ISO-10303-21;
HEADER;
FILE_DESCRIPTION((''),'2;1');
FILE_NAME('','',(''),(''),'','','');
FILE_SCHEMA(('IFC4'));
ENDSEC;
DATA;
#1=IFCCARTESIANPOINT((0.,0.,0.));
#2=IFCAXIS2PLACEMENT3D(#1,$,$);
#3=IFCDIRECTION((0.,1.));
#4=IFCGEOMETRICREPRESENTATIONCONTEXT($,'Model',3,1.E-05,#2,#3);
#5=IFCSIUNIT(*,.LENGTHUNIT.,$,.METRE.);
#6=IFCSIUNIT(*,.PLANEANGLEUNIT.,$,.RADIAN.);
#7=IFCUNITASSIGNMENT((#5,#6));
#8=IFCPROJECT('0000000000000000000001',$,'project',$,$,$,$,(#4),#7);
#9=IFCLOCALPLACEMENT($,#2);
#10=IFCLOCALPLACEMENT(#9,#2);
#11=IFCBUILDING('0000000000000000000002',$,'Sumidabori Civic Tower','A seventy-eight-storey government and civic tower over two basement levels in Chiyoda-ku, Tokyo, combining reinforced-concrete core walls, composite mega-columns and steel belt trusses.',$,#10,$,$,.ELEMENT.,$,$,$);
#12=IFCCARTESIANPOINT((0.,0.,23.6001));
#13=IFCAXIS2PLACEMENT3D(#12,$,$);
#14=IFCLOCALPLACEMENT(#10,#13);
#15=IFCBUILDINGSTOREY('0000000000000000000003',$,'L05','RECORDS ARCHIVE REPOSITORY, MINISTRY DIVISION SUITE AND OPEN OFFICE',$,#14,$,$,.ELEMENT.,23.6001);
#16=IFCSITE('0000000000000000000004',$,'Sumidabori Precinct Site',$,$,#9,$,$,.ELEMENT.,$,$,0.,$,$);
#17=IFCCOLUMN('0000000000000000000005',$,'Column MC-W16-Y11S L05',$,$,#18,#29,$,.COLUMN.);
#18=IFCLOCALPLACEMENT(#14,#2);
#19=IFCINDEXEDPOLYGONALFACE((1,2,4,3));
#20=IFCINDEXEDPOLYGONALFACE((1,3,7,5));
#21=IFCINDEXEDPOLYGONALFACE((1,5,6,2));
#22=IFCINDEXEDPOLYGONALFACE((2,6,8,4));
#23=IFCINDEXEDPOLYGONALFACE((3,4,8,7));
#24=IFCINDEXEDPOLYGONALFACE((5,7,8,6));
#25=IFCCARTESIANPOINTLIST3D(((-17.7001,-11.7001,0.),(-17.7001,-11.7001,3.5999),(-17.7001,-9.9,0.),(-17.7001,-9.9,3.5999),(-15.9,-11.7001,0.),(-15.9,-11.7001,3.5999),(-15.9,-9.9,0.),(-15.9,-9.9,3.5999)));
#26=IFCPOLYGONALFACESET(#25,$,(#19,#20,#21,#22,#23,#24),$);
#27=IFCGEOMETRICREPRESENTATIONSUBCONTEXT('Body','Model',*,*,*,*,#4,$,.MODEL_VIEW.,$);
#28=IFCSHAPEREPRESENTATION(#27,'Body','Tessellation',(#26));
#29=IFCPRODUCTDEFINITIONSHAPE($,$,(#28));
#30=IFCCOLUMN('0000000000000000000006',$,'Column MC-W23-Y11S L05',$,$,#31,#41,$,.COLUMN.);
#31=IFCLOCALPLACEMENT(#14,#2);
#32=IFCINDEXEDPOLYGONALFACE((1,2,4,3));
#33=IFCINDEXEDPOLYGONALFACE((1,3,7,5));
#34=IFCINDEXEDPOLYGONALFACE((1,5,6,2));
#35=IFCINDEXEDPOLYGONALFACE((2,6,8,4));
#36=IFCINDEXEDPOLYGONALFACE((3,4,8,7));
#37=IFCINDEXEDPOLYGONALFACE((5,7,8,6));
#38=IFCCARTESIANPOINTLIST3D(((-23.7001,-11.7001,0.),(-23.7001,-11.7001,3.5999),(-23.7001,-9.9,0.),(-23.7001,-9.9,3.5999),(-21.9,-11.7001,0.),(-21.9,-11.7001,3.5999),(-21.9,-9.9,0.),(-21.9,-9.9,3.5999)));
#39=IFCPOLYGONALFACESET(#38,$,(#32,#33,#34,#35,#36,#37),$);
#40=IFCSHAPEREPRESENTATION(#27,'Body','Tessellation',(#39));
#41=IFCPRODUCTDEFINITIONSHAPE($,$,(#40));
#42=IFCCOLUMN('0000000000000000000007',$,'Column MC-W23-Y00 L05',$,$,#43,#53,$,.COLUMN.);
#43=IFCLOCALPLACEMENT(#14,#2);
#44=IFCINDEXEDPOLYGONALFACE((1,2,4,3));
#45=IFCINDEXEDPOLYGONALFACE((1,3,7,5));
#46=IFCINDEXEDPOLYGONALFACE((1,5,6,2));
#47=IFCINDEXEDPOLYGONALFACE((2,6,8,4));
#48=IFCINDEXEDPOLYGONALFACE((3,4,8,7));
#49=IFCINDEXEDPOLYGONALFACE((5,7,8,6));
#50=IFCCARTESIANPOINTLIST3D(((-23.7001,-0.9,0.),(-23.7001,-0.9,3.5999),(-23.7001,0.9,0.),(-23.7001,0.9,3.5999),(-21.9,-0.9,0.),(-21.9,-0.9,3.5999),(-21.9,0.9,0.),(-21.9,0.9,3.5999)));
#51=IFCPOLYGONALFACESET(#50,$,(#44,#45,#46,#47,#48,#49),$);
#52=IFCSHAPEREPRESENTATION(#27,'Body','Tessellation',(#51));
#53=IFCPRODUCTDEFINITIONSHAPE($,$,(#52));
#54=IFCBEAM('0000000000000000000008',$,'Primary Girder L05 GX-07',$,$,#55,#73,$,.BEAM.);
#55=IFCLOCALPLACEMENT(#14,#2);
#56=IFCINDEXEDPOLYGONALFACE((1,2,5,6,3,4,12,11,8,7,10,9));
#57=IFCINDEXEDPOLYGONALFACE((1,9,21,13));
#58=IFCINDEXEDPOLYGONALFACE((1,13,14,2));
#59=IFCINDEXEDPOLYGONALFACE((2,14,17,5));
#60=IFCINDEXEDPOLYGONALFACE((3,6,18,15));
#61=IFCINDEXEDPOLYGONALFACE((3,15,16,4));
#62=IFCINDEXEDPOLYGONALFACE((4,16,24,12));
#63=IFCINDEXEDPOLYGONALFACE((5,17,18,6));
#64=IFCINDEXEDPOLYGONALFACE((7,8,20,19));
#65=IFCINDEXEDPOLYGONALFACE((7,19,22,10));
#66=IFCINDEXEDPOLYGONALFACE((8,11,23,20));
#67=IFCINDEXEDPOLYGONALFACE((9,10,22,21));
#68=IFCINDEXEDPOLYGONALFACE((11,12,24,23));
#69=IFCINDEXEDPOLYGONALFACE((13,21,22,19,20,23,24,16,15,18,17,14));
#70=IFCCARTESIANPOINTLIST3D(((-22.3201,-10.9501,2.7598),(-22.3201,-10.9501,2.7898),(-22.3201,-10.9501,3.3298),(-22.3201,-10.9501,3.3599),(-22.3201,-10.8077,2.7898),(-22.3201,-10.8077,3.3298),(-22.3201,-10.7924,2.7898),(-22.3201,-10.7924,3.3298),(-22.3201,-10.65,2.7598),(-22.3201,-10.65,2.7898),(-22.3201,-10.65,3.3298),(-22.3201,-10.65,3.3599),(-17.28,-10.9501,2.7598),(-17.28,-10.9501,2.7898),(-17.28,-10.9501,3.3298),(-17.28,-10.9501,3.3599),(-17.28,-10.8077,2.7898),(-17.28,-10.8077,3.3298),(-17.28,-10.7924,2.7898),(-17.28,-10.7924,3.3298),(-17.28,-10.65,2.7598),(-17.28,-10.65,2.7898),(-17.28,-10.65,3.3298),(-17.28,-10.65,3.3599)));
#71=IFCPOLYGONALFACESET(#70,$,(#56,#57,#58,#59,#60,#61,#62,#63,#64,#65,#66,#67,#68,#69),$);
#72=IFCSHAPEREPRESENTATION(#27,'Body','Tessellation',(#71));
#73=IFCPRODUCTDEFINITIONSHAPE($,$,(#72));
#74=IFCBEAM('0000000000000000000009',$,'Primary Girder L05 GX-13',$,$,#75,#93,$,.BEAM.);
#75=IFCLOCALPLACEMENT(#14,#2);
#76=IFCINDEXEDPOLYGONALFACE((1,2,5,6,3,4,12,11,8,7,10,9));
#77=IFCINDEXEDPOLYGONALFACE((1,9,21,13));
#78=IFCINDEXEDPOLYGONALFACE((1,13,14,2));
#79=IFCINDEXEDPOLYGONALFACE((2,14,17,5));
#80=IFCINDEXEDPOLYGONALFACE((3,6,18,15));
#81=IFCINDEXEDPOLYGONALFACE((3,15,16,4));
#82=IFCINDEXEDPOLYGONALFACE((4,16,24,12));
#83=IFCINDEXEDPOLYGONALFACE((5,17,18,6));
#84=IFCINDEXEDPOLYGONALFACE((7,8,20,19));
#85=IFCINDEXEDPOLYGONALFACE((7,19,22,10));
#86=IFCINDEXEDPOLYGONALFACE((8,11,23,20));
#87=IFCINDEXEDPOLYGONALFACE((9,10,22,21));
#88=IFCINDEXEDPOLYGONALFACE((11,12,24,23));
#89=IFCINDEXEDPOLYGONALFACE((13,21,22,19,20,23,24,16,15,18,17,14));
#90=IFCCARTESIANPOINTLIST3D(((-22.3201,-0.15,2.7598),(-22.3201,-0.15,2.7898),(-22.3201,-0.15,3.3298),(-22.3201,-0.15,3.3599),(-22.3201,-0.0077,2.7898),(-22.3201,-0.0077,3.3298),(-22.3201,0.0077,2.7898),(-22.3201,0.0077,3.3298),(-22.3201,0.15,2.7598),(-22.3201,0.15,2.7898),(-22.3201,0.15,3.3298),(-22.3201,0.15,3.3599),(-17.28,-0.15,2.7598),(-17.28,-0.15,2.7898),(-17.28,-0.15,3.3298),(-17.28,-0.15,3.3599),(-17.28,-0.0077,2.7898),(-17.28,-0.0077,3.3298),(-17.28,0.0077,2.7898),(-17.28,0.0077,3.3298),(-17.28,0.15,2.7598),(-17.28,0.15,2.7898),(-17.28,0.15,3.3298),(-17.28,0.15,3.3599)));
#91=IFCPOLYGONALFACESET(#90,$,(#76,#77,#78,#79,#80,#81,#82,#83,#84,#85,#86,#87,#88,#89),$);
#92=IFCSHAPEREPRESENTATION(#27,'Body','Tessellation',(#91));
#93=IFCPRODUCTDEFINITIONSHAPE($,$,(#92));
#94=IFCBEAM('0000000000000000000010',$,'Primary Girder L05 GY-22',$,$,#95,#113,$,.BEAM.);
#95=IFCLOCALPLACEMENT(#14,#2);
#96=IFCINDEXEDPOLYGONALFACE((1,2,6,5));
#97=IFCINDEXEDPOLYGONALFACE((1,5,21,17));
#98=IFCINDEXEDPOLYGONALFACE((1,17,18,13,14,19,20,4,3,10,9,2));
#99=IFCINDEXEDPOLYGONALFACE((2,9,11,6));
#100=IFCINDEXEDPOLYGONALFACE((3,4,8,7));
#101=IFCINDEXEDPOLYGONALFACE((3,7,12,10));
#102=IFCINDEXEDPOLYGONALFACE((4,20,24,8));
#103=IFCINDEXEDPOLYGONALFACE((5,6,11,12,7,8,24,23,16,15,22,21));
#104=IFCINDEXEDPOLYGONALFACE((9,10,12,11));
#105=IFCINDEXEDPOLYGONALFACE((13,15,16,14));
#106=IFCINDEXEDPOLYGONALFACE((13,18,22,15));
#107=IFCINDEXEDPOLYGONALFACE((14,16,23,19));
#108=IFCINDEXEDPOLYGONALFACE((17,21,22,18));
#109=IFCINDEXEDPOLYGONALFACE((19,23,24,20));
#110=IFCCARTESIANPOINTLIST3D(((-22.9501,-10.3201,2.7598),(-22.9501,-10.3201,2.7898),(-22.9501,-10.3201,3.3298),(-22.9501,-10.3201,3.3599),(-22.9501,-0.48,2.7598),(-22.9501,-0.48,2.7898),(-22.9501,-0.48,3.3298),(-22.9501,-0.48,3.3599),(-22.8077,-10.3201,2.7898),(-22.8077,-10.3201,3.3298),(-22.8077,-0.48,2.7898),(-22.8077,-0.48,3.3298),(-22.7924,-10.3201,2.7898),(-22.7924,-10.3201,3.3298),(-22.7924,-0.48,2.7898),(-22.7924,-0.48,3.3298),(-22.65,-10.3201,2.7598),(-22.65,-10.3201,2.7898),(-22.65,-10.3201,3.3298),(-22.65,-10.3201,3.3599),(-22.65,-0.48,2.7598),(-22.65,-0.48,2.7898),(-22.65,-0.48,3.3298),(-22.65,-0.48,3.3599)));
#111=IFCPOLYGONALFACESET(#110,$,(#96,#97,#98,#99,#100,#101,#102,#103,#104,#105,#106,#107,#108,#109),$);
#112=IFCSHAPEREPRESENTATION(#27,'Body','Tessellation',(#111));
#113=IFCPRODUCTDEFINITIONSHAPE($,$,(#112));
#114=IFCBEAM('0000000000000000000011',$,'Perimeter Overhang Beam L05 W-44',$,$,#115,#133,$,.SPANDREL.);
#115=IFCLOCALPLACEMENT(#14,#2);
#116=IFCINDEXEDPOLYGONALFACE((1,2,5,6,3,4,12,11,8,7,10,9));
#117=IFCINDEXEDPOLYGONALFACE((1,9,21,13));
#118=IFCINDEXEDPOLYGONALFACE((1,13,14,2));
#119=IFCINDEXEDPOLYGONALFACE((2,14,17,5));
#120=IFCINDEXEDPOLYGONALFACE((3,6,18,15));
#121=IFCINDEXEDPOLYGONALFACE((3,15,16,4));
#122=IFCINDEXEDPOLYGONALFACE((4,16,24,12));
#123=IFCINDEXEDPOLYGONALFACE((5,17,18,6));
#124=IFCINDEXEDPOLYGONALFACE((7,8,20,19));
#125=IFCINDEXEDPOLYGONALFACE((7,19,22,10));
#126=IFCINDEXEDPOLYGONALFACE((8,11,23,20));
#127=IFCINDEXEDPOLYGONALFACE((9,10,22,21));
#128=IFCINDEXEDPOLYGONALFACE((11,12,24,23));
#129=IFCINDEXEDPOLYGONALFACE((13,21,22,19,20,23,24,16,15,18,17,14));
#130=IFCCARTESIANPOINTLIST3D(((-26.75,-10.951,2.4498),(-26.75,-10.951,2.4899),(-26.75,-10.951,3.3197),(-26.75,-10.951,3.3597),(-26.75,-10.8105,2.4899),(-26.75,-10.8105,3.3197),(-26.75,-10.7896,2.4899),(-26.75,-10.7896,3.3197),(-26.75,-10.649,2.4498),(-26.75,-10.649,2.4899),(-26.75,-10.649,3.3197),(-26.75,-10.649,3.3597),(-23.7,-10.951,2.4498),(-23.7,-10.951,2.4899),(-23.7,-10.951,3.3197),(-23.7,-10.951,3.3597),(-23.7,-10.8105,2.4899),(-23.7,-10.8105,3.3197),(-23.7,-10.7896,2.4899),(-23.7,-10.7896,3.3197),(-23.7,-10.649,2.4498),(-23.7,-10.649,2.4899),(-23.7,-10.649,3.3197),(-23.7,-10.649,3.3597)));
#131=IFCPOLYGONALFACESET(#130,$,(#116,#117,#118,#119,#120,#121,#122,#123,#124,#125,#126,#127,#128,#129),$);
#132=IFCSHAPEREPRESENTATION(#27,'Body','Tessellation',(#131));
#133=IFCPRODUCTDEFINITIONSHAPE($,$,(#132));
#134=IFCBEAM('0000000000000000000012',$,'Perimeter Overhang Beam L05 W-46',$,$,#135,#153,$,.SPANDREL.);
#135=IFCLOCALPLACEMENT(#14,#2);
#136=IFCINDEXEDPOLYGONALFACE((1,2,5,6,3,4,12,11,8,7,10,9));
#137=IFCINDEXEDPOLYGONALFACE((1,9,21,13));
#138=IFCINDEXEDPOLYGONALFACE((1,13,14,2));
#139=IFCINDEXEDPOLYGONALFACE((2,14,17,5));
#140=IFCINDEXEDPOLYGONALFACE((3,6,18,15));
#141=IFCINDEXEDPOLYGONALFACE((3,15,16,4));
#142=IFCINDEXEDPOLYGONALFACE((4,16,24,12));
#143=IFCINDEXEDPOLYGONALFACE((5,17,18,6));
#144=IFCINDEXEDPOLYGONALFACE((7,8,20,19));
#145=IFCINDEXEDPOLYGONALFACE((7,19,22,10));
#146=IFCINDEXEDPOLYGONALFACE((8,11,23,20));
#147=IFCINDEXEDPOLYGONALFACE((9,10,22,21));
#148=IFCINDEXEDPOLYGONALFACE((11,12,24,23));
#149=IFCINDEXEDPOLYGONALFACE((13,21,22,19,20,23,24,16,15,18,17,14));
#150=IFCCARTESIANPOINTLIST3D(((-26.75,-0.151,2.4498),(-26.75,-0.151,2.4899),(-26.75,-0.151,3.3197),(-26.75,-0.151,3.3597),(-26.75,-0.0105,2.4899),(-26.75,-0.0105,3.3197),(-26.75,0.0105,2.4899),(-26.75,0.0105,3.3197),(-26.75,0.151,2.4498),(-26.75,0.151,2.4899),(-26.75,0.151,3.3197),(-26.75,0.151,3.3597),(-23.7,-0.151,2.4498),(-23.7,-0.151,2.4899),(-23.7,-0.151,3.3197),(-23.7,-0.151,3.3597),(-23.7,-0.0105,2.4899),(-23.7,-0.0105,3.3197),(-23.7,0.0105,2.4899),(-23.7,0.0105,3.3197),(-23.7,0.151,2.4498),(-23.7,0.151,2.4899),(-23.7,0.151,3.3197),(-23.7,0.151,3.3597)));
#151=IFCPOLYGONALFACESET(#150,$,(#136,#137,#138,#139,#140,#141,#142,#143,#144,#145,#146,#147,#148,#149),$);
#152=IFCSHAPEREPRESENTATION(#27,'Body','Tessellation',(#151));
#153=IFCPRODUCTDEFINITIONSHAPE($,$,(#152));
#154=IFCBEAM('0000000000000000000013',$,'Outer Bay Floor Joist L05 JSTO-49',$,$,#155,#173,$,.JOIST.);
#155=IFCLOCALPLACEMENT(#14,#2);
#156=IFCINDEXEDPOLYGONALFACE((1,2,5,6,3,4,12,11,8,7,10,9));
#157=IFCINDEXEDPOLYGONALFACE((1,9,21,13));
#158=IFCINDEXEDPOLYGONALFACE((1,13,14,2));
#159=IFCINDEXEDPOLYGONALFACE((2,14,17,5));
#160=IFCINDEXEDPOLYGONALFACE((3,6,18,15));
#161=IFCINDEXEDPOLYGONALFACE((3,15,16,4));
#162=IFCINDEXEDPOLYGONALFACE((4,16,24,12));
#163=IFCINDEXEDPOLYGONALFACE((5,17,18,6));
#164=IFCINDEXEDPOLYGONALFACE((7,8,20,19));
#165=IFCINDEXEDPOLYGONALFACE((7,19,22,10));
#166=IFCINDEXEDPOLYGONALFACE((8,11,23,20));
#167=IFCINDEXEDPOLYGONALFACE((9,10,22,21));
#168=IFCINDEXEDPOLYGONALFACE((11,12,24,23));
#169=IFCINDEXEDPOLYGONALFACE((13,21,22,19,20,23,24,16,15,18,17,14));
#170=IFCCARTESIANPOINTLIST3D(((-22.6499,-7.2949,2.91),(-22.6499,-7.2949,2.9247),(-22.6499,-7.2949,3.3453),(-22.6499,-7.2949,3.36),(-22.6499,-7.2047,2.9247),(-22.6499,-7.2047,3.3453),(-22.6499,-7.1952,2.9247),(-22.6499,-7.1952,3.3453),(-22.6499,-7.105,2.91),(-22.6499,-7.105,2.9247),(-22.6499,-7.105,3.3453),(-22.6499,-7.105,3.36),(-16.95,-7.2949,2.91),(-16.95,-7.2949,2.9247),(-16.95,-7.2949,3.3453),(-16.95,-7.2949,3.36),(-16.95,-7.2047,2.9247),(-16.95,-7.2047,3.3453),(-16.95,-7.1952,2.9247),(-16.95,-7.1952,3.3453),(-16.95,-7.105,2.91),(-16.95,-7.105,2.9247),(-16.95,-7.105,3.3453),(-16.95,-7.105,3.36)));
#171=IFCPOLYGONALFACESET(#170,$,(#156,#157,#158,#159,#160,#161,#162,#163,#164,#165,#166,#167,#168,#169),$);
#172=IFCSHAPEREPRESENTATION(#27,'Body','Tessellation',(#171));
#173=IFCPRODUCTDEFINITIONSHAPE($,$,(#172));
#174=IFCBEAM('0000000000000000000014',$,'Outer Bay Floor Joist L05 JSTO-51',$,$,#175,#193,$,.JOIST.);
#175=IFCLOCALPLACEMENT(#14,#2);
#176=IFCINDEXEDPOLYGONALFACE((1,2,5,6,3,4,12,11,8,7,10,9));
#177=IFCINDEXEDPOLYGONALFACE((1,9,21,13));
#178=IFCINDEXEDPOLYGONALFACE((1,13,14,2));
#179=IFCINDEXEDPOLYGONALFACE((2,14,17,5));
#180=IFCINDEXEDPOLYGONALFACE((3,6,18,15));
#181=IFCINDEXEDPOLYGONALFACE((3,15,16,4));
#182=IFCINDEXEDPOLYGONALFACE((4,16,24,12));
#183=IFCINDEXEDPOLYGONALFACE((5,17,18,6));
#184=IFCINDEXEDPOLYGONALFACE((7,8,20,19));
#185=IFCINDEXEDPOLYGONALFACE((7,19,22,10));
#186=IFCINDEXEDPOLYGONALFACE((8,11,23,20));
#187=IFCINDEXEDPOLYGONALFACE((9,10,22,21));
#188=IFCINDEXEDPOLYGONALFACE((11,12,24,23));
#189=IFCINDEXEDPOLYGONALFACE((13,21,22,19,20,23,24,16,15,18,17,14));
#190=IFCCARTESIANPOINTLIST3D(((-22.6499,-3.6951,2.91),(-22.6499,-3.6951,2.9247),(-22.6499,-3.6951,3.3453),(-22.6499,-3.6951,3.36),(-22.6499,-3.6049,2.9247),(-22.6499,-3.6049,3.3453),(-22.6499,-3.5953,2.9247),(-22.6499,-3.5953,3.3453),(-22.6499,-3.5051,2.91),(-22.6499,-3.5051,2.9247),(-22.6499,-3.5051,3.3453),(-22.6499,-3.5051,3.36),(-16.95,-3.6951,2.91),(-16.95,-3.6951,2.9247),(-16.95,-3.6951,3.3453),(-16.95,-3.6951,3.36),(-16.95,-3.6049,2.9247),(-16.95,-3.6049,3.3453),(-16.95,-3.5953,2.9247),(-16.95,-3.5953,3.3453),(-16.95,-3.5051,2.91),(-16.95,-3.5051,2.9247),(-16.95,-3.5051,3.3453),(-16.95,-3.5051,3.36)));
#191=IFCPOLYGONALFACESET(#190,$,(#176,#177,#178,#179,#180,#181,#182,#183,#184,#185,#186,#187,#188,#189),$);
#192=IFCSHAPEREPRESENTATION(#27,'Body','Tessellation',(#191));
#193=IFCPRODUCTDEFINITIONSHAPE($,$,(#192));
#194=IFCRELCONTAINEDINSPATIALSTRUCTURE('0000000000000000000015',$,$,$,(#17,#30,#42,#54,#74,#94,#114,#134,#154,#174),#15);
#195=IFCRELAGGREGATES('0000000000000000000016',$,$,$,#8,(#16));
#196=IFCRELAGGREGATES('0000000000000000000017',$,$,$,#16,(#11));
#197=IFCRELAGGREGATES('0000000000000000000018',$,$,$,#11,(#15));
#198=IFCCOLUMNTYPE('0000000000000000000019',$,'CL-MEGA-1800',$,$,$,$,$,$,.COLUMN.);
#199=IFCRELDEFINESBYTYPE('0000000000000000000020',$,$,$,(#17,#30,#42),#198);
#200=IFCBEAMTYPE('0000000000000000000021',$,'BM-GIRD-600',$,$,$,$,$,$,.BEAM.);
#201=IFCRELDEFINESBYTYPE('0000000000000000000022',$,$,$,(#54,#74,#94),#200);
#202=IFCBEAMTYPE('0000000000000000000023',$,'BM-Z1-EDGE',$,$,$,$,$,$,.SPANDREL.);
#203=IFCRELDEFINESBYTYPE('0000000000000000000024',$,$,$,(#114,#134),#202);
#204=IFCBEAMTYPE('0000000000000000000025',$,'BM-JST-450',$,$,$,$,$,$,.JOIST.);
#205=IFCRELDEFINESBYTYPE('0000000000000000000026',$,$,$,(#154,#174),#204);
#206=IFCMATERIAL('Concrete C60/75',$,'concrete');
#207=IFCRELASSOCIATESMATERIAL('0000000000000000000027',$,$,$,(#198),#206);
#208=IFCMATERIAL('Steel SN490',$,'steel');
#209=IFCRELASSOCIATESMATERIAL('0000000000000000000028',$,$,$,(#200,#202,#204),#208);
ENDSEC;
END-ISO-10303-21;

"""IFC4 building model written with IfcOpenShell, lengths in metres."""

from ifc_helpers import new_model, si_unit, direction, frame, origin, origin_2d, place, context, subcontext, project, spatial, rectangle, i_section, extrude, source, transform, mapped, material, material_profile, profile_set, type_object, element, save


model = new_model("IFC4")

# Units and contexts
model_context = context("Model", 3, precision=1e-05, world=origin(), true_north=direction((0.0, 1.0)))
body_context = subcontext(model_context, "Body", "Model", "MODEL_VIEW")
ifc_project = project(units=[si_unit("LENGTHUNIT", "METRE"), si_unit("PLANEANGLEUNIT", "RADIAN")], contexts=[model_context])

# Site, building, storey
site_placement = place(None, origin())
site = spatial("IfcSite", under=ifc_project, at=site_placement, Name="Sumidabori Precinct Site", CompositionType="ELEMENT", RefElevation=0.0)
building_placement = place(site_placement, origin())
building = spatial("IfcBuilding", under=site, at=building_placement, Name="Sumidabori Civic Tower", Description="A seventy-eight-storey government and civic tower over two basement levels in Chiyoda-ku, Tokyo, combining reinforced-concrete core walls, composite mega-columns and steel belt trusses.", CompositionType="ELEMENT")
storey_placement = place(building_placement, frame((0.0, 0.0, 23.6001)))
storey = spatial("IfcBuildingStorey", under=building, at=storey_placement, Name="L05", Description="RECORDS ARCHIVE REPOSITORY, MINISTRY DIVISION SUITE AND OPEN OFFICE", CompositionType="ELEMENT", Elevation=23.6001)

# Columns
ifc_material_1 = material(Name="Concrete C60/75", Category="concrete")
ifc_material_profile_1 = material_profile(ifc_material_1, rectangle(XDim=1.8, YDim=1.8, at=origin_2d()), Name="RC 1800x1800")
ifc_profile_set_1 = profile_set([ifc_material_profile_1], Name="Concrete C60/75")
column_type = type_object("IfcColumnType", Name="CL-MEGA-1800", PredefinedType="COLUMN", material=ifc_profile_set_1)
shared_shape_1 = source(origin(), body_context, "Body", "SweptSolid", [
    extrude(rectangle(XDim=1.8, YDim=1.8, at=origin_2d()), origin(), (0.0, 0.0, 1.0), 3.5999),
])
for number, where, z_axis, x_axis, name in (
    (1, (-16.8, -10.8, 0.0), (0.0, 0.0, 1.0), (1.0, 0.0, 0.0), "Column MC-W16-Y11S L05"),
    (2, (-22.8, -10.8, 0.0), (0.0, 0.0, 1.0), (1.0, 0.0, 0.0), "Column MC-W23-Y11S L05"),
    (3, (-22.8, 0.0, 0.0), (0.0, 0.0, 1.0), (1.0, 0.0, 0.0), "Column MC-W23-Y00 L05"),
):
    element("IfcColumn", number, at=place(storey_placement, frame(where, z_axis=z_axis, x_axis=x_axis)), inside=storey, type_object=column_type, Name=name, PredefinedType="COLUMN", context=body_context, shape_type="MappedRepresentation", body=[
        mapped(shared_shape_1, transform((0.0, 0.0, 0.0), x_axis=(1.0, 0.0, 0.0), y_axis=(0.0, 1.0, 0.0), z_axis=(0.0, 0.0, 1.0), scale=1.0)),
    ])

# Beams
ifc_material_2 = material(Name="Steel SN490", Category="steel")
ifc_material_profile_2 = material_profile(ifc_material_2, i_section(OverallWidth=0.3, OverallDepth=0.6001, WebThickness=0.0154, FlangeThickness=0.03, at=origin_2d()), Name="HE 600 B")
ifc_profile_set_2 = profile_set([ifc_material_profile_2], Name="Steel SN490")
beam_type_1 = type_object("IfcBeamType", Name="BM-GIRD-600", PredefinedType="BEAM", material=ifc_profile_set_2)
shared_shape_2 = source(origin(), body_context, "Body", "SweptSolid", [
    extrude(i_section(OverallWidth=0.3, OverallDepth=0.6001, WebThickness=0.0154, FlangeThickness=0.03, at=origin_2d()), origin(), (0.0, 0.0, 1.0), 5.04),
])
for number, where, z_axis, x_axis, name in (
    (4, (-22.3201, -10.8, 3.0598), (1.0, 0.0, 0.0), (0.0, 1.0, 0.0), "Primary Girder L05 GX-07"),
    (5, (-22.3201, 0.0, 3.0598), (1.0, 0.0, 0.0), (0.0, 1.0, 0.0), "Primary Girder L05 GX-13"),
):
    element("IfcBeam", number, at=place(storey_placement, frame(where, z_axis=z_axis, x_axis=x_axis)), inside=storey, type_object=beam_type_1, Name=name, PredefinedType="BEAM", context=body_context, shape_type="MappedRepresentation", body=[
        mapped(shared_shape_2, transform((0.0, 0.0, 0.0), x_axis=(1.0, 0.0, 0.0), y_axis=(0.0, 1.0, 0.0), z_axis=(0.0, 0.0, 1.0), scale=1.0)),
    ])
shared_shape_3 = source(origin(), body_context, "Body", "SweptSolid", [
    extrude(i_section(OverallWidth=0.3, OverallDepth=0.6001, WebThickness=0.0154, FlangeThickness=0.03, at=origin_2d()), origin(), (0.0, 0.0, 1.0), 9.8401),
])
beam_placement = place(storey_placement, frame((-22.8, -10.3201, 3.0598), z_axis=(0.0, 1.0, 0.0), x_axis=(-1.0, 0.0, 0.0)))
element("IfcBeam", 6, at=beam_placement, inside=storey, type_object=beam_type_1, Name="Primary Girder L05 GY-22", PredefinedType="BEAM", context=body_context, shape_type="MappedRepresentation", body=[
    mapped(shared_shape_3, transform((0.0, 0.0, 0.0), x_axis=(1.0, 0.0, 0.0), y_axis=(0.0, 1.0, 0.0), z_axis=(0.0, 0.0, 1.0), scale=1.0)),
])
ifc_material_profile_3 = material_profile(ifc_material_2, i_section(OverallWidth=0.302, OverallDepth=0.9099, WebThickness=0.021, FlangeThickness=0.04, at=origin_2d()), Name="HE 900 M")
ifc_profile_set_3 = profile_set([ifc_material_profile_3], Name="Steel SN490")
beam_type_2 = type_object("IfcBeamType", Name="BM-Z1-EDGE", PredefinedType="SPANDREL", material=ifc_profile_set_3)
shared_shape_4 = source(origin(), body_context, "Body", "SweptSolid", [
    extrude(i_section(OverallWidth=0.302, OverallDepth=0.9099, WebThickness=0.021, FlangeThickness=0.04, at=origin_2d()), origin(), (0.0, 0.0, 1.0), 3.05),
])
for number, where, z_axis, x_axis, name in (
    (7, (-26.75, -10.8, 2.9048), (1.0, 0.0, 0.0), (0.0, 1.0, 0.0), "Perimeter Overhang Beam L05 W-44"),
    (8, (-26.75, 0.0, 2.9048), (1.0, 0.0, 0.0), (0.0, 1.0, 0.0), "Perimeter Overhang Beam L05 W-46"),
):
    element("IfcBeam", number, at=place(storey_placement, frame(where, z_axis=z_axis, x_axis=x_axis)), inside=storey, type_object=beam_type_2, Name=name, PredefinedType="SPANDREL", context=body_context, shape_type="MappedRepresentation", body=[
        mapped(shared_shape_4, transform((0.0, 0.0, 0.0), x_axis=(1.0, 0.0, 0.0), y_axis=(0.0, 1.0, 0.0), z_axis=(0.0, 0.0, 1.0), scale=1.0)),
    ])
ifc_material_profile_4 = material_profile(ifc_material_2, i_section(OverallWidth=0.1899, OverallDepth=0.45, WebThickness=0.0095, FlangeThickness=0.0146, at=origin_2d()), Name="IPE 450")
ifc_profile_set_4 = profile_set([ifc_material_profile_4], Name="Steel SN490")
beam_type_3 = type_object("IfcBeamType", Name="BM-JST-450", PredefinedType="JOIST", material=ifc_profile_set_4)
shared_shape_5 = source(origin(), body_context, "Body", "SweptSolid", [
    extrude(i_section(OverallWidth=0.1899, OverallDepth=0.45, WebThickness=0.0095, FlangeThickness=0.0146, at=origin_2d()), origin(), (0.0, 0.0, 1.0), 5.7),
])
for number, where, z_axis, x_axis, name in (
    (9, (-22.6499, -7.2, 3.135), (1.0, 0.0, 0.0), (0.0, 1.0, 0.0), "Outer Bay Floor Joist L05 JSTO-49"),
    (10, (-22.6499, -3.6001, 3.135), (1.0, 0.0, 0.0), (0.0, 1.0, 0.0), "Outer Bay Floor Joist L05 JSTO-51"),
):
    element("IfcBeam", number, at=place(storey_placement, frame(where, z_axis=z_axis, x_axis=x_axis)), inside=storey, type_object=beam_type_3, Name=name, PredefinedType="JOIST", context=body_context, shape_type="MappedRepresentation", body=[
        mapped(shared_shape_5, transform((0.0, 0.0, 0.0), x_axis=(1.0, 0.0, 0.0), y_axis=(0.0, 1.0, 0.0), z_axis=(0.0, 0.0, 1.0), scale=1.0)),
    ])

save(model, "model.ifc")
